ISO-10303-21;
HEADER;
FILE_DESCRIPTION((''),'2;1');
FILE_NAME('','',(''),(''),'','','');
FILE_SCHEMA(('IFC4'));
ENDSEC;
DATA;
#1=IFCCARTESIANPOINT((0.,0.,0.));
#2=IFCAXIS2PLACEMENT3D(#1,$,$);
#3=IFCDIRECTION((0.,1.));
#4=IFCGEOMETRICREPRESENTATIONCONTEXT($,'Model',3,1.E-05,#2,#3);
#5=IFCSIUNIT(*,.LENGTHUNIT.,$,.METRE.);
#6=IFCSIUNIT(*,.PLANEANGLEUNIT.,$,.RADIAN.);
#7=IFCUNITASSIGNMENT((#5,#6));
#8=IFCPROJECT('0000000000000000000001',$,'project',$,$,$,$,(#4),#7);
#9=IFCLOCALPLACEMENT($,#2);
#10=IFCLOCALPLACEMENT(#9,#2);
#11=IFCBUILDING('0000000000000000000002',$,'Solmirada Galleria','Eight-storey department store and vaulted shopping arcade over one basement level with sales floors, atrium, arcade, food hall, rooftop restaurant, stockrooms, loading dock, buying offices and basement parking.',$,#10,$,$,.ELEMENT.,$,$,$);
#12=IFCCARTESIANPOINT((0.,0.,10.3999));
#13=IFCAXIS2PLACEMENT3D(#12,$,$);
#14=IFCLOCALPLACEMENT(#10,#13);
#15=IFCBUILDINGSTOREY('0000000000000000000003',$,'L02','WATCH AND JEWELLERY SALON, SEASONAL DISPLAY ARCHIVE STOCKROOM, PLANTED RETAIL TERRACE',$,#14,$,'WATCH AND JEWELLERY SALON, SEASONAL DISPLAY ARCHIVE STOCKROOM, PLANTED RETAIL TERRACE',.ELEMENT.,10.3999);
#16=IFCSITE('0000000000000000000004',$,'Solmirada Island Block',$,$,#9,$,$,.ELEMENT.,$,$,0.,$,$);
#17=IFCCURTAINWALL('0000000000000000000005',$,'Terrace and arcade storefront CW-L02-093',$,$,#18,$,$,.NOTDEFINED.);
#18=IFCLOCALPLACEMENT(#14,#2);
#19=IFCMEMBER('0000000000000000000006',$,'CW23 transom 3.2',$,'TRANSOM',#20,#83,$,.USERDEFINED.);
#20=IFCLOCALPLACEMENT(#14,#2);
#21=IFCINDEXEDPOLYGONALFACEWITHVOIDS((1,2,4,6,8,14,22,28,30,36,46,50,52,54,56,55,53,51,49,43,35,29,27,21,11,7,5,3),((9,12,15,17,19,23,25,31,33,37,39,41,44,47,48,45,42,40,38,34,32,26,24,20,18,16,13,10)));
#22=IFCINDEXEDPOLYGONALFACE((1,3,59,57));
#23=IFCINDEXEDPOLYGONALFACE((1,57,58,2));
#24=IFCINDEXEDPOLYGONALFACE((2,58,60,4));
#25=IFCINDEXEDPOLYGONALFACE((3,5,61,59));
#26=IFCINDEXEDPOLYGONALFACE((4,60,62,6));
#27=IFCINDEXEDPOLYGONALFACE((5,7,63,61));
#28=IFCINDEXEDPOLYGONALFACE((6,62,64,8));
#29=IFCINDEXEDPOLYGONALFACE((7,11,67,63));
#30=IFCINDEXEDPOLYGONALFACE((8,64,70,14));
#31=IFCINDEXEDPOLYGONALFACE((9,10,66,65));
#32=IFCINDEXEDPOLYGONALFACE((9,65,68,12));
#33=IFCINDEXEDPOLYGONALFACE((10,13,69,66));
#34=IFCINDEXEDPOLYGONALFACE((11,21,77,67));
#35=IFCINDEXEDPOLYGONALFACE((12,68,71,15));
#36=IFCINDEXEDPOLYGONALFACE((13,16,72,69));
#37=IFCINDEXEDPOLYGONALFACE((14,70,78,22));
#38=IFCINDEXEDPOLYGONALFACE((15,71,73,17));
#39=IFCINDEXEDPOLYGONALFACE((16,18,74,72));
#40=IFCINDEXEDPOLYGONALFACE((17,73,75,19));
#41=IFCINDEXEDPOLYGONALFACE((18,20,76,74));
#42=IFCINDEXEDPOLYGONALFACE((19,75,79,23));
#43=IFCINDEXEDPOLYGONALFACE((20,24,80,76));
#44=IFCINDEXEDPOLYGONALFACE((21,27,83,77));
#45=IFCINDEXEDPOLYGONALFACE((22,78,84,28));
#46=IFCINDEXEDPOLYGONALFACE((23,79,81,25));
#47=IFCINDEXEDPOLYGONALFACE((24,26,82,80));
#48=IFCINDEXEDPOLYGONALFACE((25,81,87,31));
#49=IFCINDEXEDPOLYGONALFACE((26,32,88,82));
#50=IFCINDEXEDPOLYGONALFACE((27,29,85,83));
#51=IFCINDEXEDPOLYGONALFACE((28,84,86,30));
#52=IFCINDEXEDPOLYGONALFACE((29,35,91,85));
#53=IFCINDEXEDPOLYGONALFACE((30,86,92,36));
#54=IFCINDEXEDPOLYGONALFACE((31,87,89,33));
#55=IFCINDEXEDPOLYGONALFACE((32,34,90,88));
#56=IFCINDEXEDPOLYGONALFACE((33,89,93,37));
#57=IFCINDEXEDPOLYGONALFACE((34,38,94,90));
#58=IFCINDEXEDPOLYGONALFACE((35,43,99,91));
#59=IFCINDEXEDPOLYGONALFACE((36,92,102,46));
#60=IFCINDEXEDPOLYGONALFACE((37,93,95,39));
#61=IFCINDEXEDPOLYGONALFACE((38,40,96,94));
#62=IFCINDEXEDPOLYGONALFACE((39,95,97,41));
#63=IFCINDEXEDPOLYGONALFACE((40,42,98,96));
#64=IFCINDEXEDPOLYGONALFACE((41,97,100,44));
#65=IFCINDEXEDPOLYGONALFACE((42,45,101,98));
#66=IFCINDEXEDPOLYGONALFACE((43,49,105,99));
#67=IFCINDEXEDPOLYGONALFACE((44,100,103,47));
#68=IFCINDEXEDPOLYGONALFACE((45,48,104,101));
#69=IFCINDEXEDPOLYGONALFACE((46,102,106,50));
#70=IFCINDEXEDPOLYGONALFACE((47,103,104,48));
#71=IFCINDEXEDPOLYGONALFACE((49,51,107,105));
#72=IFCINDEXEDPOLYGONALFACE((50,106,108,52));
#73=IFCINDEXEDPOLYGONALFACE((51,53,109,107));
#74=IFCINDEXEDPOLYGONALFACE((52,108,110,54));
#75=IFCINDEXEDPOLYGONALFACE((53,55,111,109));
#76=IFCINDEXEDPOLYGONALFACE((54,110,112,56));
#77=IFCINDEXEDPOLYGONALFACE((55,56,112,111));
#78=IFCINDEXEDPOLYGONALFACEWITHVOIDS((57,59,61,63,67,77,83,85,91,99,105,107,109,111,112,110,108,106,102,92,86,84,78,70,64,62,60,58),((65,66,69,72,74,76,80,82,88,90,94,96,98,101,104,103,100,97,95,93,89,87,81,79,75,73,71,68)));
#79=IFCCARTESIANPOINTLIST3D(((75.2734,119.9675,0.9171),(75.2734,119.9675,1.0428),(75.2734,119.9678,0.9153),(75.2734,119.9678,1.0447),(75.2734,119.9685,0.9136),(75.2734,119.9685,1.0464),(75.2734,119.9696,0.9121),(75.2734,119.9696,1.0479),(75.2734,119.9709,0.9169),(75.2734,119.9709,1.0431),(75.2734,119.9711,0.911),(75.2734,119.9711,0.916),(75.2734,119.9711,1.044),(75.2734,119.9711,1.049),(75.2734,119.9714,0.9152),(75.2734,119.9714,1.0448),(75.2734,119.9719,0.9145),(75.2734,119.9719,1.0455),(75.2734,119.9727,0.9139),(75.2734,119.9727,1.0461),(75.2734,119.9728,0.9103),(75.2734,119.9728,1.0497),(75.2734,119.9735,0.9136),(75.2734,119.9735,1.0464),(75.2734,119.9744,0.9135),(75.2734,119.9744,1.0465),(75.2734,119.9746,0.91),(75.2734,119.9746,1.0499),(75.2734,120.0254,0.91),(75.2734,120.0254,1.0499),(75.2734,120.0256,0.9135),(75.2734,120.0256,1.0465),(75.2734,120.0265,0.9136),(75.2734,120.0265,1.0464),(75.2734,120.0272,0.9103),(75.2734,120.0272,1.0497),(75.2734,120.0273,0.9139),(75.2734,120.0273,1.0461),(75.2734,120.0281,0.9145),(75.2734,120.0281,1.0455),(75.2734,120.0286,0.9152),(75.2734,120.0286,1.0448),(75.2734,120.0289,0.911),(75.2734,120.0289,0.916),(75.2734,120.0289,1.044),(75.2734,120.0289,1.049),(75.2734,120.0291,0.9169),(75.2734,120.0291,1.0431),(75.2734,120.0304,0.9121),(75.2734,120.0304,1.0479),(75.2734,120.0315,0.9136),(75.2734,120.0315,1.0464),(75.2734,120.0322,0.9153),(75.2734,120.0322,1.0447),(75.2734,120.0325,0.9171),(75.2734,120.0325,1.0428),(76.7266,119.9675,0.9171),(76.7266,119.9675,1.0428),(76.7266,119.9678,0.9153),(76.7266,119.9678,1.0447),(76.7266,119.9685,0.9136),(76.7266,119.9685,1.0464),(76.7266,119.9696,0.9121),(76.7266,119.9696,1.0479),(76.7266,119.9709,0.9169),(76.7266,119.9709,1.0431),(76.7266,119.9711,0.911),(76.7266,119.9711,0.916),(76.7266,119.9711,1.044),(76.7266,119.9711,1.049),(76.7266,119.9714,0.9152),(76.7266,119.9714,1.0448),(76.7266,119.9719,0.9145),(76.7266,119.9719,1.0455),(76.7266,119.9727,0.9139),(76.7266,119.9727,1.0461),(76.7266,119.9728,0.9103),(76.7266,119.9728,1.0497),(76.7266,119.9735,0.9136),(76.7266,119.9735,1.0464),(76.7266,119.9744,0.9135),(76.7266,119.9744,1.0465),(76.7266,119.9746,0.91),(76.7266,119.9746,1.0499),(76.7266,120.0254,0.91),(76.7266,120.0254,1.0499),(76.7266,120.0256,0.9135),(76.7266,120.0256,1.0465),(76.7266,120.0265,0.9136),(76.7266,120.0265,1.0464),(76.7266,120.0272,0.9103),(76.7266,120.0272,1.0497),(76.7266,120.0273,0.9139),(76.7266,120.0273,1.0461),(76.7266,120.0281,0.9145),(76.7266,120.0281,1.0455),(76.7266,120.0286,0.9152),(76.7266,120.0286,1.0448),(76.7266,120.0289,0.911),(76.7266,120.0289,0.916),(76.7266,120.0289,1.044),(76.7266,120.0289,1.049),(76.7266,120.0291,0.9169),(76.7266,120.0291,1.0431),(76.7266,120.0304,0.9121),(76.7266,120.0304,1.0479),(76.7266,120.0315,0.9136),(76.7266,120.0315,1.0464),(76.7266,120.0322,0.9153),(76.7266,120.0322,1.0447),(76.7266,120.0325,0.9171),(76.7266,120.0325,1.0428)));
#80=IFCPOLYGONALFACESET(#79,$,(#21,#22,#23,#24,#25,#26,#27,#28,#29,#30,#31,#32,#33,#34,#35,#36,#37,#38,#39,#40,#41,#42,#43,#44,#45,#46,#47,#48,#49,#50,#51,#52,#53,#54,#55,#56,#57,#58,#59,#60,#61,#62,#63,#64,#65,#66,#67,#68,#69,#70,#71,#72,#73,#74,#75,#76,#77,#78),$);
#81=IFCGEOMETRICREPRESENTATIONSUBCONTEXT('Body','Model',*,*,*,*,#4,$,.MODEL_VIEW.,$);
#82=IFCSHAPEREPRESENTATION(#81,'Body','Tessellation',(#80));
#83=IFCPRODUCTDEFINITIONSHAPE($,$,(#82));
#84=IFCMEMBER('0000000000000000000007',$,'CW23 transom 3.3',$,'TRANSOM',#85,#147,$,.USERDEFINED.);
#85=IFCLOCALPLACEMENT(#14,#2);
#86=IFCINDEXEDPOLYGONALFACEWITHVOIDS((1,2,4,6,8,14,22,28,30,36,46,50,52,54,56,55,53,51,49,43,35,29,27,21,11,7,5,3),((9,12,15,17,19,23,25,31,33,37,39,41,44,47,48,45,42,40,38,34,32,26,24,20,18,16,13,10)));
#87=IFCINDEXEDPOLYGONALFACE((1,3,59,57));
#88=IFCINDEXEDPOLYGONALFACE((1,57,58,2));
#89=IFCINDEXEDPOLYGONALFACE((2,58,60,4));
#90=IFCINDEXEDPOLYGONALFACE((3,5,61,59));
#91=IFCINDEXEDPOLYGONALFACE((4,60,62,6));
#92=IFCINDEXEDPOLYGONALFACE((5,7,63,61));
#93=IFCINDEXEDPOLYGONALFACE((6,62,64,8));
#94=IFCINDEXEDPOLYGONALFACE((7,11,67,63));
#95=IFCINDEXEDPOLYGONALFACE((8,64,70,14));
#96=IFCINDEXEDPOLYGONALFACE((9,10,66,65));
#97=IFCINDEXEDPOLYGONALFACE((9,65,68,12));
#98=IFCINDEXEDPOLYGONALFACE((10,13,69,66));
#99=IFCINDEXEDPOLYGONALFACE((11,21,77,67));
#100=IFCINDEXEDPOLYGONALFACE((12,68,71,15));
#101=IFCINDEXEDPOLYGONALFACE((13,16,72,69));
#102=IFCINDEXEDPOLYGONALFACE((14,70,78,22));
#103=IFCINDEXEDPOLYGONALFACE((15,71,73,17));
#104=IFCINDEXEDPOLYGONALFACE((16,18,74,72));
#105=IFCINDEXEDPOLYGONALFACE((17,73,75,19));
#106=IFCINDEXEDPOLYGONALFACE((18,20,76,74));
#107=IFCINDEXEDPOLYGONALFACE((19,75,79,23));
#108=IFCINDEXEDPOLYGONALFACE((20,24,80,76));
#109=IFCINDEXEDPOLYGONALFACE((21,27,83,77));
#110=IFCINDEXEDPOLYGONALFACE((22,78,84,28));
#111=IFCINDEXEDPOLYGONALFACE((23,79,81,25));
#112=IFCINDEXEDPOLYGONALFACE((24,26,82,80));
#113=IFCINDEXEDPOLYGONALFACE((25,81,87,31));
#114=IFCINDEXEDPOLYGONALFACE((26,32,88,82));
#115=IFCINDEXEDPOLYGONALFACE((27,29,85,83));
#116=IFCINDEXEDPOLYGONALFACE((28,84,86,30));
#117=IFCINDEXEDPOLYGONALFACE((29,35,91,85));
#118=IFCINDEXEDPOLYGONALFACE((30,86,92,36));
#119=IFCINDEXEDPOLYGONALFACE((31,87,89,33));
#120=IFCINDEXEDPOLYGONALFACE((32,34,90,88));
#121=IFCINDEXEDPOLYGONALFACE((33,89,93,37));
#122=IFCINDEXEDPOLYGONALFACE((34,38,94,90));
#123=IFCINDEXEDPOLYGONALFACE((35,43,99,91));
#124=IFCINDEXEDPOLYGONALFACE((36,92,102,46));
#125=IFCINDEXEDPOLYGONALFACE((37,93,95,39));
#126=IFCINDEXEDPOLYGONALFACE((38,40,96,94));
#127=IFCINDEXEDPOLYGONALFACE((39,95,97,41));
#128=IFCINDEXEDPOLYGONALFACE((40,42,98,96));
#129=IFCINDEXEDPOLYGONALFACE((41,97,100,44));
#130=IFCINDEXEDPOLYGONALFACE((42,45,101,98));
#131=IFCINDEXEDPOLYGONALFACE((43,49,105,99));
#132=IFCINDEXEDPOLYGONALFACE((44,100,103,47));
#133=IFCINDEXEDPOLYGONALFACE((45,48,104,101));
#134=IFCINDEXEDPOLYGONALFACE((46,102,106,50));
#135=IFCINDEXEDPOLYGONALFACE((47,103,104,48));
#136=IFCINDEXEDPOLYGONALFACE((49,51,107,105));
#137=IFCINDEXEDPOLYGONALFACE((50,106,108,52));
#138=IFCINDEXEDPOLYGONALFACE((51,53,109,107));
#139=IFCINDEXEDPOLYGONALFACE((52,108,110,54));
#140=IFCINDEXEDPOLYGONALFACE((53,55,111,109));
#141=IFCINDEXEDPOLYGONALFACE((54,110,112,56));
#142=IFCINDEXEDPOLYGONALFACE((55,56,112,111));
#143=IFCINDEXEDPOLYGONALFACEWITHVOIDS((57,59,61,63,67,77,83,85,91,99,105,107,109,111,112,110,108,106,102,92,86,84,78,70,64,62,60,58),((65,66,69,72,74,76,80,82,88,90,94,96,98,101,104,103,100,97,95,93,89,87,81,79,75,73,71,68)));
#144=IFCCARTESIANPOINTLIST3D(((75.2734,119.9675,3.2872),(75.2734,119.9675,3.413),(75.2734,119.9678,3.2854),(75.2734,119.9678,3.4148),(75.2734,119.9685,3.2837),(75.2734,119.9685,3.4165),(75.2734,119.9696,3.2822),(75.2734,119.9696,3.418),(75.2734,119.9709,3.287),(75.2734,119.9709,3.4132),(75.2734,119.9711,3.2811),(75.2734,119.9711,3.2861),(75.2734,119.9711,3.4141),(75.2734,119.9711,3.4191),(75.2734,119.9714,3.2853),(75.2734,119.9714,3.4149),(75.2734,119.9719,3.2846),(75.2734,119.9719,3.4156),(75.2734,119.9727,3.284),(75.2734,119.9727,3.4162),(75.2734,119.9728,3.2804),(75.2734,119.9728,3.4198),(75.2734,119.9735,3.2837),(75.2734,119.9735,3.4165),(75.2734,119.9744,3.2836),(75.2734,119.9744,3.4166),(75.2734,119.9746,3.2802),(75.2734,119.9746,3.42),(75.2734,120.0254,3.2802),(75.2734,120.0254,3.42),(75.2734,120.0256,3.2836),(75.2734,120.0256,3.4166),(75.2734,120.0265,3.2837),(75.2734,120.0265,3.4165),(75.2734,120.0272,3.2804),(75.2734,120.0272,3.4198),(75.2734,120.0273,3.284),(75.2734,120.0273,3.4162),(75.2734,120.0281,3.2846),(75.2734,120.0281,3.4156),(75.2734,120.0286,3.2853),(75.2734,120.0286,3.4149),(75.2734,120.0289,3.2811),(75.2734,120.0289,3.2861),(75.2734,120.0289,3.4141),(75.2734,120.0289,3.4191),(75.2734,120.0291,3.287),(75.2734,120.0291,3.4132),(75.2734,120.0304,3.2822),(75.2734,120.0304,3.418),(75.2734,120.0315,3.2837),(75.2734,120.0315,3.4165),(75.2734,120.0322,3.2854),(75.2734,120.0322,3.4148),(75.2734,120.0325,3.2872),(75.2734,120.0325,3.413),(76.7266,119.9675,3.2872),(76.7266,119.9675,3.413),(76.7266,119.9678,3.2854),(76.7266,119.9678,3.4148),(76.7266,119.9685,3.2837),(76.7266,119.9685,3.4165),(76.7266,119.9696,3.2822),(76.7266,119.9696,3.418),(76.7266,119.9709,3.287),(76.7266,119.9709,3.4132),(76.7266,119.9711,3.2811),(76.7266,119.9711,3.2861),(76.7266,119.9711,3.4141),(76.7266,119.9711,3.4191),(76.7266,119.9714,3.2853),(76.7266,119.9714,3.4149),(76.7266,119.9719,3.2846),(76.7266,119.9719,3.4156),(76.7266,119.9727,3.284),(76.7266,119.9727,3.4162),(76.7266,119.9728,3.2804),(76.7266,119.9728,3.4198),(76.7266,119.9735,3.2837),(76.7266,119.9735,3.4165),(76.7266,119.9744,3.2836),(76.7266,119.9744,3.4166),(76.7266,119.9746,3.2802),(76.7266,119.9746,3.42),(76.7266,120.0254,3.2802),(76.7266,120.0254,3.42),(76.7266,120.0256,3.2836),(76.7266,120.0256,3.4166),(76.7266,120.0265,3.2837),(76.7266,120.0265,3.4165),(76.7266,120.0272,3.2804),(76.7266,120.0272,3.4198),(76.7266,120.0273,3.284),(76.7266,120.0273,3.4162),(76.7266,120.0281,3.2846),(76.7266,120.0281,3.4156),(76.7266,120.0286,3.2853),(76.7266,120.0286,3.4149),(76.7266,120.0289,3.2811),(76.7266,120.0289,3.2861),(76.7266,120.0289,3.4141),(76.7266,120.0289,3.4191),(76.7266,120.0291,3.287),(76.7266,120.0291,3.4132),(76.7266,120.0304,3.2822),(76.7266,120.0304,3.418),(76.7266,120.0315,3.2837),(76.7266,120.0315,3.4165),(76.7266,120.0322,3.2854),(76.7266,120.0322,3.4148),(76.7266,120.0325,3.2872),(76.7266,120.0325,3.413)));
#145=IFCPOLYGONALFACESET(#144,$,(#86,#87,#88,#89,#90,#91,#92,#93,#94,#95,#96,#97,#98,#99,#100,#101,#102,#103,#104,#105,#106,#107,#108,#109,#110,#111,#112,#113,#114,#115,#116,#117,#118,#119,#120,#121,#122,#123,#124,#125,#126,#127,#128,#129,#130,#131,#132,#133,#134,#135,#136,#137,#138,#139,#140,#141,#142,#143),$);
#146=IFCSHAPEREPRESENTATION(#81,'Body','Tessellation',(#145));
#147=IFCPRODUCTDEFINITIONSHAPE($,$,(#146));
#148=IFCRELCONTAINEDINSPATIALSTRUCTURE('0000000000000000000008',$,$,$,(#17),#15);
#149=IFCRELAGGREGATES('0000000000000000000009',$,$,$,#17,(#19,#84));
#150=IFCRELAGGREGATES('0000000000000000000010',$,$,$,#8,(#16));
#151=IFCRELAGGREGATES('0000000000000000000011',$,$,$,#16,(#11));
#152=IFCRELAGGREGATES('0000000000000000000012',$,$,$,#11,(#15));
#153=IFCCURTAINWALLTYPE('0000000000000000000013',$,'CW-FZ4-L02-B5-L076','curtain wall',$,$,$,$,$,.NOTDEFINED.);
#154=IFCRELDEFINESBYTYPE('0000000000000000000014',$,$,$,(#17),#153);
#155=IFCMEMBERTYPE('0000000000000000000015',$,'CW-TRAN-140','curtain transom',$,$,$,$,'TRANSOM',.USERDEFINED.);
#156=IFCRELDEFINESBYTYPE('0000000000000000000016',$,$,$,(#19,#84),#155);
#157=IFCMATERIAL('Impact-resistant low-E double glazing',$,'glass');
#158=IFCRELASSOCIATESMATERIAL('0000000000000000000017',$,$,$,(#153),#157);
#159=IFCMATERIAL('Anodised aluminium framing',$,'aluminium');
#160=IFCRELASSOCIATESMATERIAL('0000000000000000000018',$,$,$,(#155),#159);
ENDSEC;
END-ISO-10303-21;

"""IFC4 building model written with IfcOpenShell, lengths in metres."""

from ifc_helpers import new_model, si_unit, direction, frame, origin, origin_2d, place, context, subcontext, project, spatial, hollow_rectangle, extrude, material, material_profile, profile_set, type_object, element, aggregate, save


model = new_model("IFC4")

# Units and contexts
model_context = context("Model", 3, precision=1e-05, world=origin(), true_north=direction((0.0, 1.0)))
body_context = subcontext(model_context, "Body", "Model", "MODEL_VIEW")
ifc_project = project(units=[si_unit("LENGTHUNIT", "METRE"), si_unit("PLANEANGLEUNIT", "RADIAN")], contexts=[model_context])

# Site, building, storey
site_placement = place(None, origin())
site = spatial("IfcSite", under=ifc_project, at=site_placement, Name="Solmirada Island Block", CompositionType="ELEMENT", RefElevation=0.0)
building_placement = place(site_placement, origin())
building = spatial("IfcBuilding", under=site, at=building_placement, Name="Solmirada Galleria", Description="Eight-storey department store and vaulted shopping arcade over one basement level with sales floors, atrium, arcade, food hall, rooftop restaurant, stockrooms, loading dock, buying offices and basement parking.", CompositionType="ELEMENT")
storey_placement = place(building_placement, frame((0.0, 0.0, 10.3999)))
storey = spatial("IfcBuildingStorey", under=building, at=storey_placement, Name="L02", Description="WATCH AND JEWELLERY SALON, SEASONAL DISPLAY ARCHIVE STOCKROOM, PLANTED RETAIL TERRACE", LongName="WATCH AND JEWELLERY SALON, SEASONAL DISPLAY ARCHIVE STOCKROOM, PLANTED RETAIL TERRACE", CompositionType="ELEMENT", Elevation=10.3999)

# Curtain wall, members
ifc_material_1 = material(Name="Impact-resistant low-E double glazing", Category="glass")
curtain_wall_type = type_object("IfcCurtainWallType", Name="CW-FZ4-L02-B5-L076", Description="curtain wall", PredefinedType="NOTDEFINED", material=ifc_material_1)
curtain_wall_placement = place(storey_placement, origin())
curtain_wall = element("IfcCurtainWall", 1, at=curtain_wall_placement, inside=storey, type_object=curtain_wall_type, Name="Terrace and arcade storefront CW-L02-093", PredefinedType="NOTDEFINED")
ifc_material_2 = material(Name="Anodised aluminium framing", Category="aluminium")
ifc_material_profile_1 = material_profile(ifc_material_2, hollow_rectangle(XDim=0.0649, YDim=0.1399, WallThickness=0.0034, InnerFilletRadius=0.0034, OuterFilletRadius=0.0071, at=origin_2d()), Name="ALU-TRAN-140X65")
ifc_profile_set_1 = profile_set([ifc_material_profile_1], Name="Anodised aluminium framing")
member_type_1 = type_object("IfcMemberType", Name="CW-TRAN-140", Description="curtain transom", ElementType="TRANSOM", PredefinedType="USERDEFINED", material=ifc_profile_set_1)
member_1_placement = place(storey_placement, frame((75.2734, 120.0, 0.98), z_axis=(1.0, 0.0, 0.0), x_axis=(0.0, 1.0, 0.0)))
member_1 = element("IfcMember", 2, at=member_1_placement, type_object=member_type_1, Name="CW23 transom 3.2", ObjectType="TRANSOM", PredefinedType="USERDEFINED", context=body_context, shape_type="SweptSolid", body=[
    extrude(hollow_rectangle(XDim=0.0649, YDim=0.1399, WallThickness=0.0034, InnerFilletRadius=0.0034, OuterFilletRadius=0.0071, at=origin_2d()), origin(), (0.0, 0.0, 1.0), 1.4531),
])
member_2_placement = place(storey_placement, frame((75.2734, 120.0, 3.3501), z_axis=(1.0, 0.0, 0.0), x_axis=(0.0, 1.0, 0.0)))
member_2 = element("IfcMember", 3, at=member_2_placement, type_object=member_type_1, Name="CW23 transom 3.3", ObjectType="TRANSOM", PredefinedType="USERDEFINED", context=body_context, shape_type="SweptSolid", body=[
    extrude(hollow_rectangle(XDim=0.0649, YDim=0.1399, WallThickness=0.0034, InnerFilletRadius=0.0034, OuterFilletRadius=0.0071, at=origin_2d()), origin(), (0.0, 0.0, 1.0), 1.4531),
])
aggregate(curtain_wall, [member_1, member_2])

save(model, "model.ifc")
